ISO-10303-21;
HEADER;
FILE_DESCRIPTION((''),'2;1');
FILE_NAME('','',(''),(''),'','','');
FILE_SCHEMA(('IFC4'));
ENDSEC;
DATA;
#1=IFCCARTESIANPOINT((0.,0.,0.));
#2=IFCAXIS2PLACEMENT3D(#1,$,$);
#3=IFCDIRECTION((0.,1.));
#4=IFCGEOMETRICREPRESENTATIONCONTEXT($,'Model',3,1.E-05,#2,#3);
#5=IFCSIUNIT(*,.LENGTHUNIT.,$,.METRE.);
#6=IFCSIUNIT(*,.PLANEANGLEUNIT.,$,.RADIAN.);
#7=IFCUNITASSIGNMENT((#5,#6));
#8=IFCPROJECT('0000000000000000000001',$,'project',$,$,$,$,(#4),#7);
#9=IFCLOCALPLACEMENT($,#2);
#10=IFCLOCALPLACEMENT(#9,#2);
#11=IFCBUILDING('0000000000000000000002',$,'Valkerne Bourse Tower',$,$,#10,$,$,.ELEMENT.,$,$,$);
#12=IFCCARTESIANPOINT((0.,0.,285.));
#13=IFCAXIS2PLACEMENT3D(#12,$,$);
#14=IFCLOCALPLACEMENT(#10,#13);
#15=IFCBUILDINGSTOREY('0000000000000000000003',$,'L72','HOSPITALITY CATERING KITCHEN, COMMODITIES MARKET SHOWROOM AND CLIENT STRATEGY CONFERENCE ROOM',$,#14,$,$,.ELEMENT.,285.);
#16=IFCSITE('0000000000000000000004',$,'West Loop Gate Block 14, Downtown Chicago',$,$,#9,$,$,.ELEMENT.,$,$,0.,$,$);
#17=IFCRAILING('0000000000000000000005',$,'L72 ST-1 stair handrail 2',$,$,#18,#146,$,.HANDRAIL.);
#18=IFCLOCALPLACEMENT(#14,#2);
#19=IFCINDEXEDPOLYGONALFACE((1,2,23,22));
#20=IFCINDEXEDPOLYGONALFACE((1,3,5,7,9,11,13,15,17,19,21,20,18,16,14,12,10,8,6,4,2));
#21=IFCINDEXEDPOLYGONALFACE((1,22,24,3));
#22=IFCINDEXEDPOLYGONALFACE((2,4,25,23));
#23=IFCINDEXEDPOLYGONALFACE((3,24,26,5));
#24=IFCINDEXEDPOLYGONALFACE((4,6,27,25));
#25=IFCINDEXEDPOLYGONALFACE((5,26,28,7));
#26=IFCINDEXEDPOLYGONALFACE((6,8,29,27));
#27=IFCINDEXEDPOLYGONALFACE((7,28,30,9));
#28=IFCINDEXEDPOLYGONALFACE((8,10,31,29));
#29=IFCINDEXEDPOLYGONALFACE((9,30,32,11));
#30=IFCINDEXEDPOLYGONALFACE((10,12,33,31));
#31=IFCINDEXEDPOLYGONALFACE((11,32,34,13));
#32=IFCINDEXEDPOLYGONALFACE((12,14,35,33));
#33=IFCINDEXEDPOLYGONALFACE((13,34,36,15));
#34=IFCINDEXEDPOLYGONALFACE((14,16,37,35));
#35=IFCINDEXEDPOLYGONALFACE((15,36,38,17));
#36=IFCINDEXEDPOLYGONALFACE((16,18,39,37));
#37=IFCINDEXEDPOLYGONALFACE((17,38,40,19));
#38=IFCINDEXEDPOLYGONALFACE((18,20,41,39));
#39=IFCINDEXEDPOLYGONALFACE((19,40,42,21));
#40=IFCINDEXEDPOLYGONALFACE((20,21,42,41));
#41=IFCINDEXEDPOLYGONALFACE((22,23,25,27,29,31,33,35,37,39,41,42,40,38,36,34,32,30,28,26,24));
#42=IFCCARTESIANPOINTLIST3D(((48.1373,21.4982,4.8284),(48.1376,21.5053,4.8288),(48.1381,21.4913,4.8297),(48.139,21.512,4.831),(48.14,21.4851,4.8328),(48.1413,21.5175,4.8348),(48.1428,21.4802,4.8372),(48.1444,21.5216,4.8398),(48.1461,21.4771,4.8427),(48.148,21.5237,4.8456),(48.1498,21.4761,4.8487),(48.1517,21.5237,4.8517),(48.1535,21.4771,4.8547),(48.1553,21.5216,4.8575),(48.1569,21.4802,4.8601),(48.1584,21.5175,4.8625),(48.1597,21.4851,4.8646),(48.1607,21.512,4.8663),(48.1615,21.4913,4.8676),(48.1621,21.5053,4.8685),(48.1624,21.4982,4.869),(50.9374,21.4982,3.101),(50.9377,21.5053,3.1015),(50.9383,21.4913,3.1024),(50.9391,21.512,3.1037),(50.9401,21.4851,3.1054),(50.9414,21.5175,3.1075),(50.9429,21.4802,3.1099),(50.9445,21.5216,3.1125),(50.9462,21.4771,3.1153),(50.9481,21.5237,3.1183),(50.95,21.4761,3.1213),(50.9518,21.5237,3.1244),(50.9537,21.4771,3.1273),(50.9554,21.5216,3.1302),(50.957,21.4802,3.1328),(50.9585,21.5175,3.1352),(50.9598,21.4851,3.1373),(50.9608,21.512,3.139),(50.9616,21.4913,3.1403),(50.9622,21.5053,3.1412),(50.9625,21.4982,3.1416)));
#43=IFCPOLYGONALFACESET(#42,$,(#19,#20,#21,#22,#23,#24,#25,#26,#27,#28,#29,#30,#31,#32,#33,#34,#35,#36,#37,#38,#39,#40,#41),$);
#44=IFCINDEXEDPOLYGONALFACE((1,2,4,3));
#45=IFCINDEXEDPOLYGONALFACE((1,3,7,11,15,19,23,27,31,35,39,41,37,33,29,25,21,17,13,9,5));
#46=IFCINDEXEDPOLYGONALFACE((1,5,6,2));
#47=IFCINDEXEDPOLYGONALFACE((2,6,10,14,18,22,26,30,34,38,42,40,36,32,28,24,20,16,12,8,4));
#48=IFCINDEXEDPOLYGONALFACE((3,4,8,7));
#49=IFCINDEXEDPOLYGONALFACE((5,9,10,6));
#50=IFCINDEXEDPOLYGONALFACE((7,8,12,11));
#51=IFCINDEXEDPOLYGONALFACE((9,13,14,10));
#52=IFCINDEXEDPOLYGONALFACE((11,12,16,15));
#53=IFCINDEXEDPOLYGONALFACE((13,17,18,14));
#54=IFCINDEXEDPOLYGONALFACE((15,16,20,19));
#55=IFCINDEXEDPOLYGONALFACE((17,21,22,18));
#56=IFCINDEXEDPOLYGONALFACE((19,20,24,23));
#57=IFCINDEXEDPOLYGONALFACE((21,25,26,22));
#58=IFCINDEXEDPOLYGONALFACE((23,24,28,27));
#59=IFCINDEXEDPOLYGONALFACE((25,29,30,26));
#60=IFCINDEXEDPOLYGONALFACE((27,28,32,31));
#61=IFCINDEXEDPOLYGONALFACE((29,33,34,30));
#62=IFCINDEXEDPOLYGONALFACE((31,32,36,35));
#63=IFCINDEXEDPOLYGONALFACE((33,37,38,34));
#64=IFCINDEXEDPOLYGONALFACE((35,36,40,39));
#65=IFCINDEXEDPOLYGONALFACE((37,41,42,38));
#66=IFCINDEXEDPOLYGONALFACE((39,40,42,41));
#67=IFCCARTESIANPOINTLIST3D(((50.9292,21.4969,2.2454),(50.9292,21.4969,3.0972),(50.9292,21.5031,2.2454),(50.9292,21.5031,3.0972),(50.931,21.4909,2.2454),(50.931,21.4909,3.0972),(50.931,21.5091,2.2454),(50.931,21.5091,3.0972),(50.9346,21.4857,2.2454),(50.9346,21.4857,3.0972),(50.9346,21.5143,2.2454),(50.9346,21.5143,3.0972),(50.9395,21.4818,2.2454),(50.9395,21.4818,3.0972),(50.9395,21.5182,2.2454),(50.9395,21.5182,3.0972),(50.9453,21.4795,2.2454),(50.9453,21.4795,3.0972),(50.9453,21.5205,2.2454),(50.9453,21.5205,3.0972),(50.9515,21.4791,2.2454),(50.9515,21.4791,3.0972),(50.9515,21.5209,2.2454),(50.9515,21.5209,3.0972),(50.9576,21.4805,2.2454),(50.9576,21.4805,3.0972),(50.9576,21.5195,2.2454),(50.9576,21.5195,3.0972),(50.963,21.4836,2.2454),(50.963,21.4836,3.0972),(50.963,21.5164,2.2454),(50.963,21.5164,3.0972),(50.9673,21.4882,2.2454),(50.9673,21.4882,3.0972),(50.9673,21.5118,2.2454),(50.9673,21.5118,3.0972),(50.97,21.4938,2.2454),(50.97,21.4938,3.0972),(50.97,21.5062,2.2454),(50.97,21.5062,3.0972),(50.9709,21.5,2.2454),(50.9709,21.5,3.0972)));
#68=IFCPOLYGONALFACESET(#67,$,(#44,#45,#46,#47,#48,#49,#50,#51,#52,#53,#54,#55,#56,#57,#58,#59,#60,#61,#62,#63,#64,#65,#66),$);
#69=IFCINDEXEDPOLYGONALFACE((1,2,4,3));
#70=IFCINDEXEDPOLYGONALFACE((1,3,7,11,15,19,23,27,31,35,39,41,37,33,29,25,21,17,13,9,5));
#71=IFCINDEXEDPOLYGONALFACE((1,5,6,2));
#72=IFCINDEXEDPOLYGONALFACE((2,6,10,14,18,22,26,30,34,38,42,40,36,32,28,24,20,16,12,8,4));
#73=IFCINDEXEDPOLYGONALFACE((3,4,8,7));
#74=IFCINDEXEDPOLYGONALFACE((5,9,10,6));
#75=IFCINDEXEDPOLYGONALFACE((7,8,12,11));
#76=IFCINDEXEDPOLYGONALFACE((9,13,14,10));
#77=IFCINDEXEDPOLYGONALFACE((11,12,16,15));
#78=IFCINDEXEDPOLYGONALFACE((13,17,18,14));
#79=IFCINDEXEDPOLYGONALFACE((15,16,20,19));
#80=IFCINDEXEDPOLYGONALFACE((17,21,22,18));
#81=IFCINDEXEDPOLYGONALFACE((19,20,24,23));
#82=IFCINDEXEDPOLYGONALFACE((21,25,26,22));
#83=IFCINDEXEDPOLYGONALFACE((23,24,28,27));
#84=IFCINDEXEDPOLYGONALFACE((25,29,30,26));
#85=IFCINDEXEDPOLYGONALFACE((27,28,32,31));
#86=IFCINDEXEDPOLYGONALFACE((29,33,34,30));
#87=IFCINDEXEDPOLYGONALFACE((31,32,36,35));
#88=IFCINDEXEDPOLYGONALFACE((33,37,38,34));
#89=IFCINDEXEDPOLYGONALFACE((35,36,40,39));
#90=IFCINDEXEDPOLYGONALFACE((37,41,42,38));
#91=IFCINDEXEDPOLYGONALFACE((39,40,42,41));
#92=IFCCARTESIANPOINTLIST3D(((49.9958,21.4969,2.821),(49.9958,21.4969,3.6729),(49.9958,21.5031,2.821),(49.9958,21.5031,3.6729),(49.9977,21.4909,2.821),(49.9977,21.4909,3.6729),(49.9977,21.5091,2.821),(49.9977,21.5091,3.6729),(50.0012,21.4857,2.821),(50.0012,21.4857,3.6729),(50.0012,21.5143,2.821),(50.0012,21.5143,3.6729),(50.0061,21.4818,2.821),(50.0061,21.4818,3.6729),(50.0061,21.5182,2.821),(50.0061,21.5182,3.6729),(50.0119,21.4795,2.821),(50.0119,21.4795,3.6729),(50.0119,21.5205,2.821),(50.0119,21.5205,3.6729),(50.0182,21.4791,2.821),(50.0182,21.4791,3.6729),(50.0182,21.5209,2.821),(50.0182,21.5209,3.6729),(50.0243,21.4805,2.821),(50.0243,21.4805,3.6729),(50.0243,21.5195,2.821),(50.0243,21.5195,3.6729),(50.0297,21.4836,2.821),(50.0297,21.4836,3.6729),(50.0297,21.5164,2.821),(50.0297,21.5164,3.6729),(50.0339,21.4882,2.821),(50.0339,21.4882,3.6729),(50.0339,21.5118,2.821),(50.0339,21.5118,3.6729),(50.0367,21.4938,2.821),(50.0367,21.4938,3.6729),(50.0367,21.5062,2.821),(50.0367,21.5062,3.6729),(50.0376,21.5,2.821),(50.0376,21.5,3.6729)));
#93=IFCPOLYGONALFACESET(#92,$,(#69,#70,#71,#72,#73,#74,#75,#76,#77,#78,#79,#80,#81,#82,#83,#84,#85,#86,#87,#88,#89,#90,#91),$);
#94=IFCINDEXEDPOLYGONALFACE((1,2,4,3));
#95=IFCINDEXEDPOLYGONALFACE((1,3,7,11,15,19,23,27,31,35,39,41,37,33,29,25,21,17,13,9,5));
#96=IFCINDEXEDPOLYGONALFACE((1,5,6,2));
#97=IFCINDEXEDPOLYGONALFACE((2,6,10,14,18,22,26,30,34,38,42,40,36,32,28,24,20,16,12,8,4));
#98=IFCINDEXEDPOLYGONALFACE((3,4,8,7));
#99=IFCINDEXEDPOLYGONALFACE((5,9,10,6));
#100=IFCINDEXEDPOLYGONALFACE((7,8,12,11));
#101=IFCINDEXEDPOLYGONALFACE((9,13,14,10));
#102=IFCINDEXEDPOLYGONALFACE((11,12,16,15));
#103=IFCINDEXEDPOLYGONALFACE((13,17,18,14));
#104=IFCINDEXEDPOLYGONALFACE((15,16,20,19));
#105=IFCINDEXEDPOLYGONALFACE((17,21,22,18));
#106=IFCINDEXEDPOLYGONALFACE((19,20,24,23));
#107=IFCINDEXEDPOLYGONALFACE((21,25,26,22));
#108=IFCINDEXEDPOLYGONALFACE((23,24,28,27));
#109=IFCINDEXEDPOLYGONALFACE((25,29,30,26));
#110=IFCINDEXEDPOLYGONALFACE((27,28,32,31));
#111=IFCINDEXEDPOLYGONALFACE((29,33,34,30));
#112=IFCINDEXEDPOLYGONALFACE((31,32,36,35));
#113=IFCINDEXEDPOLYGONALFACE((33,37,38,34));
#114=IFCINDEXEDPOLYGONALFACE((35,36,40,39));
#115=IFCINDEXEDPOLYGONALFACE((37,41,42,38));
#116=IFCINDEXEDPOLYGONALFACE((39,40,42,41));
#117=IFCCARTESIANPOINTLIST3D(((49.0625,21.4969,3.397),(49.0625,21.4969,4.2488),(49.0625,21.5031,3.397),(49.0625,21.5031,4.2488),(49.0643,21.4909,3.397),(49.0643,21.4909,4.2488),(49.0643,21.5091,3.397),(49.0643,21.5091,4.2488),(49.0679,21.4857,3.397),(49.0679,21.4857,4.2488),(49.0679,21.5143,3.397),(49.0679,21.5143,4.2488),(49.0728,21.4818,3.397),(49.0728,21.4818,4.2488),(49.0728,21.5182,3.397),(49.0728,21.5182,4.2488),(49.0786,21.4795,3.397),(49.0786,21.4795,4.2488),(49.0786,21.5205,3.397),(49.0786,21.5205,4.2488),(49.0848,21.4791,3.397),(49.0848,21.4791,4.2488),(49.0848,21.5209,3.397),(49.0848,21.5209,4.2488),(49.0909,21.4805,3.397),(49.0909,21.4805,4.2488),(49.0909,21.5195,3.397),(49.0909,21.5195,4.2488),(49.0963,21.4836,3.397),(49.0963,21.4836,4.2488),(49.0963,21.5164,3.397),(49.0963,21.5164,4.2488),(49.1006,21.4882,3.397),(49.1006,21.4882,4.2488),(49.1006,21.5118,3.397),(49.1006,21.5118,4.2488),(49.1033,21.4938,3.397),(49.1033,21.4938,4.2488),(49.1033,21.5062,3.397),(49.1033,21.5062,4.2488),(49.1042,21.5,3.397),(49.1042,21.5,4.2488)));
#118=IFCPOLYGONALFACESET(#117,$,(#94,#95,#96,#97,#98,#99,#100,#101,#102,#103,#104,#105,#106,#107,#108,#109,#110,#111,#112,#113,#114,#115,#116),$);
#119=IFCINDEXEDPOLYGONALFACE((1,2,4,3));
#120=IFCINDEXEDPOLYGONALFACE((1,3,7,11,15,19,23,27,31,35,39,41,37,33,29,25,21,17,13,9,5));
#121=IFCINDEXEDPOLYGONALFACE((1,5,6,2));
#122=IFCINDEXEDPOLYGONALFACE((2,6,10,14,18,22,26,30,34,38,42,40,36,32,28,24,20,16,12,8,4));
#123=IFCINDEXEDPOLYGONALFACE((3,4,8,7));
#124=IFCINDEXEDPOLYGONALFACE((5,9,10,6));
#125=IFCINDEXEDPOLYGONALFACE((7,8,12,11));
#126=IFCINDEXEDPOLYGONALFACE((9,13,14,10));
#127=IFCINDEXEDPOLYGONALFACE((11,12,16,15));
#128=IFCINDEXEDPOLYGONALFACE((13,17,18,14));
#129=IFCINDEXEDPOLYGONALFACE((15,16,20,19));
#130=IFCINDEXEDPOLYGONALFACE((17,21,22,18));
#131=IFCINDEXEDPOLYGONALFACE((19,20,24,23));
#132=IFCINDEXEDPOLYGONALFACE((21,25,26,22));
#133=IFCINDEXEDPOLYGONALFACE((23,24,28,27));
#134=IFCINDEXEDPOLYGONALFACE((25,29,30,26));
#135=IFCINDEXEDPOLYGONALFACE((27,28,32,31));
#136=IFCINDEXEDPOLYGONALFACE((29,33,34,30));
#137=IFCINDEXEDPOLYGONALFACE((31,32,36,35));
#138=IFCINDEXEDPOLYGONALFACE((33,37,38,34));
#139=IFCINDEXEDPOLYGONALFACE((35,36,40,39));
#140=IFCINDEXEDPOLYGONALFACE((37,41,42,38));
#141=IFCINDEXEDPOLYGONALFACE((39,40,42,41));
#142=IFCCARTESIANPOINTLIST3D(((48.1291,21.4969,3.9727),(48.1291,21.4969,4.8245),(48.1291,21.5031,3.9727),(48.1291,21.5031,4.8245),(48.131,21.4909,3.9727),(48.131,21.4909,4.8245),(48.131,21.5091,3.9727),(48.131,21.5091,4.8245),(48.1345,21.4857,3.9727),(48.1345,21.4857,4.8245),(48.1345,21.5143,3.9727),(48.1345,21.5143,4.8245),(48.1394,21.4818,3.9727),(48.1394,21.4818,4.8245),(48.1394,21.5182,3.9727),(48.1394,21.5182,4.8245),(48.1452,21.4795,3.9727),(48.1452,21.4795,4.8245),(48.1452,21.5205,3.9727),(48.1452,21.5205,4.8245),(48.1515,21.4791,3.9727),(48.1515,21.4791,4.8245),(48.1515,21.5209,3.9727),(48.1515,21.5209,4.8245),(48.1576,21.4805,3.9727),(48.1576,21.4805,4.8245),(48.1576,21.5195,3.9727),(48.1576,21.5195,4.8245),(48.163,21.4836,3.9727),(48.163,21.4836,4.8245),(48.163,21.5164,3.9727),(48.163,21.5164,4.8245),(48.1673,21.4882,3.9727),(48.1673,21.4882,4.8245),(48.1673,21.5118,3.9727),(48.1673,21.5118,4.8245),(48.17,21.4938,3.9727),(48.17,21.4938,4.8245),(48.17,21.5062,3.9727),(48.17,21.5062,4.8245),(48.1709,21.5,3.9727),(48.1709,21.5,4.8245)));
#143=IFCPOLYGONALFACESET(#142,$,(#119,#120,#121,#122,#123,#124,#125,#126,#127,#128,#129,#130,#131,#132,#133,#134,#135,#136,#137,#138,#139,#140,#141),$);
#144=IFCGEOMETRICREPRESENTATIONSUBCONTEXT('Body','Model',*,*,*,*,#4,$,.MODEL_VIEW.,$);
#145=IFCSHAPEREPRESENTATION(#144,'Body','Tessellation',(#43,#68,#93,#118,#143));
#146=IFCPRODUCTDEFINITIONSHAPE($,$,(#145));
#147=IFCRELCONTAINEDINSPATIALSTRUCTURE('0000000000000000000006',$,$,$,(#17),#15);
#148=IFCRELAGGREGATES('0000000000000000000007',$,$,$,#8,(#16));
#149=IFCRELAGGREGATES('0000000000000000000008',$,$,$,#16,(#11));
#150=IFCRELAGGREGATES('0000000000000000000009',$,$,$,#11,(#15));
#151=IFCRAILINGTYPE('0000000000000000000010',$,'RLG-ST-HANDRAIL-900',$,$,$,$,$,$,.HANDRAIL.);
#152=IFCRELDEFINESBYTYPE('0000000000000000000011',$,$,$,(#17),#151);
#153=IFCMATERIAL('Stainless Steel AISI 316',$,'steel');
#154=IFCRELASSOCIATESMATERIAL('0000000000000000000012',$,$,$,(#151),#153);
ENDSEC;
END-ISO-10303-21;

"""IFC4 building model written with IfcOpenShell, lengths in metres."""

from ifc_helpers import new_model, si_unit, direction, frame, origin, origin_2d, place, context, subcontext, project, spatial, circle, extrude, material, type_object, element, save


model = new_model("IFC4")

# Units and contexts
model_context = context("Model", 3, precision=1e-05, world=origin(), true_north=direction((0.0, 1.0)))
body_context = subcontext(model_context, "Body", "Model", "MODEL_VIEW")
ifc_project = project(units=[si_unit("LENGTHUNIT", "METRE"), si_unit("PLANEANGLEUNIT", "RADIAN")], contexts=[model_context])

# Site, building, storey
site_placement = place(None, origin())
site = spatial("IfcSite", under=ifc_project, at=site_placement, Name="West Loop Gate Block 14, Downtown Chicago", CompositionType="ELEMENT", RefElevation=0.0)
building_placement = place(site_placement, origin())
building = spatial("IfcBuilding", under=site, at=building_placement, Name="Valkerne Bourse Tower", CompositionType="ELEMENT")
storey_placement = place(building_placement, frame((0.0, 0.0, 285.0)))
storey = spatial("IfcBuildingStorey", under=building, at=storey_placement, Name="L72", Description="HOSPITALITY CATERING KITCHEN, COMMODITIES MARKET SHOWROOM AND CLIENT STRATEGY CONFERENCE ROOM", CompositionType="ELEMENT", Elevation=285.0)

# Shared definitions
ifc_material_1 = material(Name="Stainless Steel AISI 316", Category="steel")

# Railing
railing_type_1 = type_object("IfcRailingType", Name="RLG-ST-HANDRAIL-900", PredefinedType="HANDRAIL", material=ifc_material_1)
railing_1_placement = place(storey_placement, frame((50.95, 21.5, 2.2454)))
element("IfcRailing", 1, at=railing_1_placement, inside=storey, type_object=railing_type_1, Name="L72 ST-1 stair handrail 2", PredefinedType="HANDRAIL", context=body_context, shape_type="SweptSolid", body=[
    extrude(circle(Radius=0.0239, at=origin_2d()), frame((0.0, 0.0, 0.876), z_axis=(-0.85109, 0.0, 0.52502), x_axis=(0.0, -1.0, 0.0)), (0.0, 0.0, 1.0), 3.29),
    extrude(circle(Radius=0.021, at=origin_2d()), origin(), (0.0, 0.0, 1.0), 0.8518),
    extrude(circle(Radius=0.021, at=origin_2d()), frame((-0.9333, 0.0, 0.5757)), (0.0, 0.0, 1.0), 0.8518),
    extrude(circle(Radius=0.021, at=origin_2d()), frame((-1.8667, 0.0, 1.1516)), (0.0, 0.0, 1.0), 0.8518),
    extrude(circle(Radius=0.021, at=origin_2d()), frame((-2.8, 0.0, 1.7273)), (0.0, 0.0, 1.0), 0.8518),
])

save(model, "model.ifc")
